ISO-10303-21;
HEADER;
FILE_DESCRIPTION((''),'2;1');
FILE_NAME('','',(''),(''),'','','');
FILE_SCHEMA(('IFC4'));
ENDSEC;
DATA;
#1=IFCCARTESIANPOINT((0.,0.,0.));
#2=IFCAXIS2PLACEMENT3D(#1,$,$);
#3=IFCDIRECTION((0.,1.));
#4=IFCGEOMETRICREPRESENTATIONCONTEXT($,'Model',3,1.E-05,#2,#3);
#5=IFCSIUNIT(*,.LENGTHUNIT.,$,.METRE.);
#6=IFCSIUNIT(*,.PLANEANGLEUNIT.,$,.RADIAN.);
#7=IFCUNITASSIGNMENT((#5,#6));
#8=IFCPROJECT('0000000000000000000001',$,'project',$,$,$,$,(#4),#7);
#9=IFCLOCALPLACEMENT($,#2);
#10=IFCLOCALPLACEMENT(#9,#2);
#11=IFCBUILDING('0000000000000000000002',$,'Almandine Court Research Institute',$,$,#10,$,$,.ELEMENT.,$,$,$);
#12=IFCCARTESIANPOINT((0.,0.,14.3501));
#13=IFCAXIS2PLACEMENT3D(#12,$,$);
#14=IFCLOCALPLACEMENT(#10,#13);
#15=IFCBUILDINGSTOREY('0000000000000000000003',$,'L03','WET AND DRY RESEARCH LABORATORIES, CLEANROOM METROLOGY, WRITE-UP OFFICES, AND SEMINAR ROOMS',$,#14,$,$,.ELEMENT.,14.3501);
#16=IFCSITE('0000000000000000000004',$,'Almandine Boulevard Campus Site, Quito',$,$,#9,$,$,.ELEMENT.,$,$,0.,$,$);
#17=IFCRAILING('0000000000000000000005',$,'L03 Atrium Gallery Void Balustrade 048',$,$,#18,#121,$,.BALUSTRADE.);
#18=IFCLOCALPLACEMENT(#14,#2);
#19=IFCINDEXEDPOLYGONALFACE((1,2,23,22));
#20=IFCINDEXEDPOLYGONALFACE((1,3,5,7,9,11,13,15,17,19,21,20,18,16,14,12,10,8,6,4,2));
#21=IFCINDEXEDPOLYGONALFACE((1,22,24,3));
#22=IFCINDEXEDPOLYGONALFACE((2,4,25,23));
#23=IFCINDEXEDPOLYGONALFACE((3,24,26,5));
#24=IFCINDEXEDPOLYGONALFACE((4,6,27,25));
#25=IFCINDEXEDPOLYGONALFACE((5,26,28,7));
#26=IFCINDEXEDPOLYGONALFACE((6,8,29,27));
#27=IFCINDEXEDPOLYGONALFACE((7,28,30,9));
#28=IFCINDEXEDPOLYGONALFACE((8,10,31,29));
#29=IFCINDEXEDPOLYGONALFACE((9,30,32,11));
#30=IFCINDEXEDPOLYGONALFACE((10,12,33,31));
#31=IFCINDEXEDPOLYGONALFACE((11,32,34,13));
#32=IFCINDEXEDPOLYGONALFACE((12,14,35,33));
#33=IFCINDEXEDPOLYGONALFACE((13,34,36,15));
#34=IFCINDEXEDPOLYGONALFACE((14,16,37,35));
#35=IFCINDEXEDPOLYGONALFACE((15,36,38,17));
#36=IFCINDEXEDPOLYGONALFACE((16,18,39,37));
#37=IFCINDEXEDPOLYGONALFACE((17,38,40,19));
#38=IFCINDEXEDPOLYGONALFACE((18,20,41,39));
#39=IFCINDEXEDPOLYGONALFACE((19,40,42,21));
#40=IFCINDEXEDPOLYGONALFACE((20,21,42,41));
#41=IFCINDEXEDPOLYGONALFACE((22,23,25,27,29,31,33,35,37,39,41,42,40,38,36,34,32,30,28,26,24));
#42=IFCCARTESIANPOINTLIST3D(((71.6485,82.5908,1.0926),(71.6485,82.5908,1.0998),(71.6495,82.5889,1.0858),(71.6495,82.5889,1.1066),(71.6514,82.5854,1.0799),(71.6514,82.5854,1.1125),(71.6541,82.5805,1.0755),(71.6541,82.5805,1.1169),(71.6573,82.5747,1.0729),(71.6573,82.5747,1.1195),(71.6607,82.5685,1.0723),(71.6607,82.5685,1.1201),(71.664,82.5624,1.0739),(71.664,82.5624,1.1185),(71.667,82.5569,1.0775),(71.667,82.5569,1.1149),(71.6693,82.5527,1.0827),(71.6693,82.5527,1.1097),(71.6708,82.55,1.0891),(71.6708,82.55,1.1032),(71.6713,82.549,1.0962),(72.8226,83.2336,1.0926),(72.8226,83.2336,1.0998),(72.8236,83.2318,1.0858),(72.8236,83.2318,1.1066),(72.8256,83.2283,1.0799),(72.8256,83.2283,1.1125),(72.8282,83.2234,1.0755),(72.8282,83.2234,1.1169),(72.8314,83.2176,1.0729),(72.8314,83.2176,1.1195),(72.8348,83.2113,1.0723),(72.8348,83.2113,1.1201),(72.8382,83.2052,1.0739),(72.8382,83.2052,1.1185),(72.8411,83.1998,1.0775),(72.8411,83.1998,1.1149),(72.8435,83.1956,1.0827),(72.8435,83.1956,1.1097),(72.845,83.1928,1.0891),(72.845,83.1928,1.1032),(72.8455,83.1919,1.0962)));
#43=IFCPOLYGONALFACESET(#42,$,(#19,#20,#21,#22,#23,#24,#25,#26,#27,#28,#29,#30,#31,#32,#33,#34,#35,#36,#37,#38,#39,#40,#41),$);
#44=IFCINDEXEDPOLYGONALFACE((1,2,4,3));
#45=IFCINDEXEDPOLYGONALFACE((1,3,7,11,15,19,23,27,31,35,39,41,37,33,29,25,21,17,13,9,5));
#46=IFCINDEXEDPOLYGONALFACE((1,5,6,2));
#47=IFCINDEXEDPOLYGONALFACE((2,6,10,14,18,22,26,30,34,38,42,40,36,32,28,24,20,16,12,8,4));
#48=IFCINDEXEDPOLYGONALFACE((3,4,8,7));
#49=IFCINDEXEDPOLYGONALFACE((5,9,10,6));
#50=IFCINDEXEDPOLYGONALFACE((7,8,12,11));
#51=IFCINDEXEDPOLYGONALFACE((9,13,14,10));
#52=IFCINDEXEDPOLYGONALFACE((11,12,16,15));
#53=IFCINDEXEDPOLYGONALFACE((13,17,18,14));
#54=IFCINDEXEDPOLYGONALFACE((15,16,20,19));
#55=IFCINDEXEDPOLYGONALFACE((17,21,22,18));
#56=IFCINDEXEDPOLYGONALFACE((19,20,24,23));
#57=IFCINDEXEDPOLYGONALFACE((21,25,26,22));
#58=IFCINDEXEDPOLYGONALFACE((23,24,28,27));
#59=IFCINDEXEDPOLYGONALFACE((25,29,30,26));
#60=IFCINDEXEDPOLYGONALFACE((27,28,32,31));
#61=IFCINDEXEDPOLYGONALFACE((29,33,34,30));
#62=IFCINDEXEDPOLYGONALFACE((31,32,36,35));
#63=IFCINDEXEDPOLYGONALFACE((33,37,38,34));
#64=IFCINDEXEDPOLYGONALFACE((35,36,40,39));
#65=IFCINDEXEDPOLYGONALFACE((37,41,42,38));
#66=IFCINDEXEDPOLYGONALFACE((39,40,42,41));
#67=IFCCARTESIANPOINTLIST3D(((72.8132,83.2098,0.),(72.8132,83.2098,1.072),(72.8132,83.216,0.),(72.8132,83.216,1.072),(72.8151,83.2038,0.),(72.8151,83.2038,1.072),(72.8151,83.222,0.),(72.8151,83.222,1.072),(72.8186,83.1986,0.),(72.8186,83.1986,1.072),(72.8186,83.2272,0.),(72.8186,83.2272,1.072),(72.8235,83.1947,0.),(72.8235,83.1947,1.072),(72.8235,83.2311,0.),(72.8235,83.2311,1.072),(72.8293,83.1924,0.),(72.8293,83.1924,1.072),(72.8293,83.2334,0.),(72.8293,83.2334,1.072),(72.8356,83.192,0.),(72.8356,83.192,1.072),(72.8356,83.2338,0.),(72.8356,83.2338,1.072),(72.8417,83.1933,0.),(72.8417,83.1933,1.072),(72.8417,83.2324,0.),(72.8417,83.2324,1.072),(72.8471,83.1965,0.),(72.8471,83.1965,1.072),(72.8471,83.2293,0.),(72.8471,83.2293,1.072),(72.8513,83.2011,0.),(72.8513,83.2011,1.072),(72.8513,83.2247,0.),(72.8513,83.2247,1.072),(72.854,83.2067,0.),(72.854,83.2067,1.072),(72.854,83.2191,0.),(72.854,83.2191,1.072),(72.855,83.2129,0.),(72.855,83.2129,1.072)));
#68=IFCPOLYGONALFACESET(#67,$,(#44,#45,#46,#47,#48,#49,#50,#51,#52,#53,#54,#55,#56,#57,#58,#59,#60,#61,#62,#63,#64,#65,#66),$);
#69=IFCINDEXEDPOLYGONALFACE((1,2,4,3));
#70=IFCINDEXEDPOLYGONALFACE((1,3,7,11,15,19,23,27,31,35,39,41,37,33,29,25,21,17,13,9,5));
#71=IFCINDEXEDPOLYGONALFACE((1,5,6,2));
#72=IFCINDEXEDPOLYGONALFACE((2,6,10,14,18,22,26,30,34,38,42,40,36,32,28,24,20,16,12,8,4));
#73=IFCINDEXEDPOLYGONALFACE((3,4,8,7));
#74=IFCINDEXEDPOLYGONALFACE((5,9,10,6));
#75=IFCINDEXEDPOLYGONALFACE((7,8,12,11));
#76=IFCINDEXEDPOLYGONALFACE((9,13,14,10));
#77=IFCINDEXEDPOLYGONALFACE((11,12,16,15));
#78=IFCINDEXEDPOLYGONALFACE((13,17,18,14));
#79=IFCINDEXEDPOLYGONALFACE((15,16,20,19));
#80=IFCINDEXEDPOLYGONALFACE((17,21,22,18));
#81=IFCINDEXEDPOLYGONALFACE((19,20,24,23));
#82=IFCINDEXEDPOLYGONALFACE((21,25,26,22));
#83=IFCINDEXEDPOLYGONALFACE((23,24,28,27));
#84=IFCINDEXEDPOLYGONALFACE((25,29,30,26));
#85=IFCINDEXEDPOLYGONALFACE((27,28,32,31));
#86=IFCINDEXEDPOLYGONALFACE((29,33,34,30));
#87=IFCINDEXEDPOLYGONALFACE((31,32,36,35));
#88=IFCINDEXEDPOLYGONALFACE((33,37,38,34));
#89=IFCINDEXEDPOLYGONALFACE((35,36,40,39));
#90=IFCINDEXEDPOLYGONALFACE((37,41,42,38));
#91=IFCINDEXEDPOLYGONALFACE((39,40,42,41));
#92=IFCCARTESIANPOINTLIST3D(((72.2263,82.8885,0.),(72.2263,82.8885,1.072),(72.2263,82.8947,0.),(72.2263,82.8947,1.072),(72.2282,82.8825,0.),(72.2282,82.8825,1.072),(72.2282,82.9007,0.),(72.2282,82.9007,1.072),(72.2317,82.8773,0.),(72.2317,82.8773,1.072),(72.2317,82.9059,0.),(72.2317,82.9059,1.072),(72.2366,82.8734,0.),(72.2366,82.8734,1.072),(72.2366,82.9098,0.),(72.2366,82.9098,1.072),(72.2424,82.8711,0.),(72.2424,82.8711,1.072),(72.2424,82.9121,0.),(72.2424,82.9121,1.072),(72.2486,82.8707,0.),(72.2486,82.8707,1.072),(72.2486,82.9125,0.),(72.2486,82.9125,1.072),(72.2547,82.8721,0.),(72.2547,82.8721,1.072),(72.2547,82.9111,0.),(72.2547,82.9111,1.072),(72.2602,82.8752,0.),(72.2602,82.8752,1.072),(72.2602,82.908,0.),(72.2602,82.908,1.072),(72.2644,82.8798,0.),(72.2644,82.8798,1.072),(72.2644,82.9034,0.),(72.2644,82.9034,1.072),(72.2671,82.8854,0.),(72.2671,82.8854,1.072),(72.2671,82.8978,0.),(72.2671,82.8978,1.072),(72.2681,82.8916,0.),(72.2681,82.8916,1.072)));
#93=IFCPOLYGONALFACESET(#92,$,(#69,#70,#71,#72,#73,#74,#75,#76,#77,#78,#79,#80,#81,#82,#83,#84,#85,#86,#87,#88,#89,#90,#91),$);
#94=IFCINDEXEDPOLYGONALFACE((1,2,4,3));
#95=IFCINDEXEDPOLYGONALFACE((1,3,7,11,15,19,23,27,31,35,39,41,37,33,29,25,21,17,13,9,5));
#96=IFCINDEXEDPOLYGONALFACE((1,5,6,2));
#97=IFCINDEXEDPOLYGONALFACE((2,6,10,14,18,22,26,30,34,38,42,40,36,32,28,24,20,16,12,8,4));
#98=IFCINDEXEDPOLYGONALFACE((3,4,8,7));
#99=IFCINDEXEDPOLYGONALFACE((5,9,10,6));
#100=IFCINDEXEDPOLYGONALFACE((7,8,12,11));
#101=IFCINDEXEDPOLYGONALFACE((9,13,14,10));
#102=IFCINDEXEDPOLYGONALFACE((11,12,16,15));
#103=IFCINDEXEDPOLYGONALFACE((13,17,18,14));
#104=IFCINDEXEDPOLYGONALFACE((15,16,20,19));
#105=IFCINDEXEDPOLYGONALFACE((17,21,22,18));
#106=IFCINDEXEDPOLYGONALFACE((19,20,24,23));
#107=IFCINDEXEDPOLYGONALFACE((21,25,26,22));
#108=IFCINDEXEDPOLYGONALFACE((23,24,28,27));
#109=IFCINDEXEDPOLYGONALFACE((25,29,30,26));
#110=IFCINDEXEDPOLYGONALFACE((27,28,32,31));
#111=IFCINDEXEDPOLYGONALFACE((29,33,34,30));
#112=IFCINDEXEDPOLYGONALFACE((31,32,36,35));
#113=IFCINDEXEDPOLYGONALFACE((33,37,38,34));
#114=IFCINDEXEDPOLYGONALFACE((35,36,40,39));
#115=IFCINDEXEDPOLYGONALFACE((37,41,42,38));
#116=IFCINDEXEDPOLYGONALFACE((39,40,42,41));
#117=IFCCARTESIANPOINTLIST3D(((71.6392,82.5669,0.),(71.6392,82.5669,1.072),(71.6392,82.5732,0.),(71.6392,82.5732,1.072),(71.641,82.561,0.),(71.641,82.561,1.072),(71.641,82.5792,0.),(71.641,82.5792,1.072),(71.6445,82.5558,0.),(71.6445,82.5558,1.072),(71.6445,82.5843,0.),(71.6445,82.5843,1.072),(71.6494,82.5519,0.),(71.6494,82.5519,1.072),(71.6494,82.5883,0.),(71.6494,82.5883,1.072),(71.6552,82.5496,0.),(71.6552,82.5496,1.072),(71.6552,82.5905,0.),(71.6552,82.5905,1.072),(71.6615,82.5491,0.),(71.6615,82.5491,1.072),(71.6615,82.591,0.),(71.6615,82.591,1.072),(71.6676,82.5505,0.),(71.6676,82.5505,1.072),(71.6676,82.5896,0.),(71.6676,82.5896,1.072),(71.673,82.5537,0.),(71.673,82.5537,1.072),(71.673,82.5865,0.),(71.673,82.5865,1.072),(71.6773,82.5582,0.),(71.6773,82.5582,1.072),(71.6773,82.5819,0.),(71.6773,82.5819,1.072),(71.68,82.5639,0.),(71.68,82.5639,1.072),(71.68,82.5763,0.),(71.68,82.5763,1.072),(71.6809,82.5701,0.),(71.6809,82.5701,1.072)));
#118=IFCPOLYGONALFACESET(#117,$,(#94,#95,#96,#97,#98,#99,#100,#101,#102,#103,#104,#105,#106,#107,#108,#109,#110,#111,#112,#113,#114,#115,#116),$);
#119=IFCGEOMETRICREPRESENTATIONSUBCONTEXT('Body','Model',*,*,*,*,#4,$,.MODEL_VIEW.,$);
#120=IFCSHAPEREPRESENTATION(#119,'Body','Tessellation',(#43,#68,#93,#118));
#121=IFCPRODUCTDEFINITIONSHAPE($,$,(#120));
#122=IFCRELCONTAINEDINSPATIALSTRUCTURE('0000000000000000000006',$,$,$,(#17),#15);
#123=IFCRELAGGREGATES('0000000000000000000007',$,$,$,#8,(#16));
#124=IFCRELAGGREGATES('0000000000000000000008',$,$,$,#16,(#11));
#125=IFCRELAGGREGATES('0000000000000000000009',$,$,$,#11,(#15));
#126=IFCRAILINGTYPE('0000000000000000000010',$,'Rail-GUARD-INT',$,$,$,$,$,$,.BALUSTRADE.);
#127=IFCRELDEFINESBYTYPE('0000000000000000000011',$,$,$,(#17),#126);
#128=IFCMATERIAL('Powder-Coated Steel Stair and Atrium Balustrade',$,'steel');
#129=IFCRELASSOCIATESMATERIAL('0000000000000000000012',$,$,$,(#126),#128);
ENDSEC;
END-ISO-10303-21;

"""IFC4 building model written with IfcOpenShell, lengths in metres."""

from ifc_helpers import new_model, si_unit, direction, frame, origin, origin_2d, place, context, subcontext, project, spatial, circle, extrude, material, type_object, element, save


model = new_model("IFC4")

# Units and contexts
model_context = context("Model", 3, precision=1e-05, world=origin(), true_north=direction((0.0, 1.0)))
body_context = subcontext(model_context, "Body", "Model", "MODEL_VIEW")
ifc_project = project(units=[si_unit("LENGTHUNIT", "METRE"), si_unit("PLANEANGLEUNIT", "RADIAN")], contexts=[model_context])

# Site, building, storey
site_placement = place(None, origin())
site = spatial("IfcSite", under=ifc_project, at=site_placement, Name="Almandine Boulevard Campus Site, Quito", CompositionType="ELEMENT", RefElevation=0.0)
building_placement = place(site_placement, origin())
building = spatial("IfcBuilding", under=site, at=building_placement, Name="Almandine Court Research Institute", CompositionType="ELEMENT")
storey_placement = place(building_placement, frame((0.0, 0.0, 14.3501)))
storey = spatial("IfcBuildingStorey", under=building, at=storey_placement, Name="L03", Description="WET AND DRY RESEARCH LABORATORIES, CLEANROOM METROLOGY, WRITE-UP OFFICES, AND SEMINAR ROOMS", CompositionType="ELEMENT", Elevation=14.3501)

# Railing
ifc_material_1 = material(Name="Powder-Coated Steel Stair and Atrium Balustrade", Category="steel")
railing_type = type_object("IfcRailingType", Name="Rail-GUARD-INT", PredefinedType="BALUSTRADE", material=ifc_material_1)
railing_1_placement = place(storey_placement, frame((72.834, 83.2129, 0.0)))
element("IfcRailing", 1, at=railing_1_placement, inside=storey, type_object=railing_type, Name="L03 Atrium Gallery Void Balustrade 048", PredefinedType="BALUSTRADE", context=body_context, shape_type="SweptSolid", body=[
    extrude(circle(Radius=0.0239, at=origin_2d()), frame((0.0, 0.0, 1.0962), z_axis=(-0.877135, -0.480244, 0.0), x_axis=(0.480244, -0.877135, 0.0)), (0.0, 0.0, 1.0), 1.3386),
    extrude(circle(Radius=0.021, at=origin_2d()), origin(), (0.0, 0.0, 1.0), 1.072),
    extrude(circle(Radius=0.021, at=origin_2d()), frame((-0.5869, -0.3213, 0.0)), (0.0, 0.0, 1.0), 1.072),
    extrude(circle(Radius=0.021, at=origin_2d()), frame((-1.1741, -0.6428, 0.0)), (0.0, 0.0, 1.0), 1.072),
])

save(model, "model.ifc")
